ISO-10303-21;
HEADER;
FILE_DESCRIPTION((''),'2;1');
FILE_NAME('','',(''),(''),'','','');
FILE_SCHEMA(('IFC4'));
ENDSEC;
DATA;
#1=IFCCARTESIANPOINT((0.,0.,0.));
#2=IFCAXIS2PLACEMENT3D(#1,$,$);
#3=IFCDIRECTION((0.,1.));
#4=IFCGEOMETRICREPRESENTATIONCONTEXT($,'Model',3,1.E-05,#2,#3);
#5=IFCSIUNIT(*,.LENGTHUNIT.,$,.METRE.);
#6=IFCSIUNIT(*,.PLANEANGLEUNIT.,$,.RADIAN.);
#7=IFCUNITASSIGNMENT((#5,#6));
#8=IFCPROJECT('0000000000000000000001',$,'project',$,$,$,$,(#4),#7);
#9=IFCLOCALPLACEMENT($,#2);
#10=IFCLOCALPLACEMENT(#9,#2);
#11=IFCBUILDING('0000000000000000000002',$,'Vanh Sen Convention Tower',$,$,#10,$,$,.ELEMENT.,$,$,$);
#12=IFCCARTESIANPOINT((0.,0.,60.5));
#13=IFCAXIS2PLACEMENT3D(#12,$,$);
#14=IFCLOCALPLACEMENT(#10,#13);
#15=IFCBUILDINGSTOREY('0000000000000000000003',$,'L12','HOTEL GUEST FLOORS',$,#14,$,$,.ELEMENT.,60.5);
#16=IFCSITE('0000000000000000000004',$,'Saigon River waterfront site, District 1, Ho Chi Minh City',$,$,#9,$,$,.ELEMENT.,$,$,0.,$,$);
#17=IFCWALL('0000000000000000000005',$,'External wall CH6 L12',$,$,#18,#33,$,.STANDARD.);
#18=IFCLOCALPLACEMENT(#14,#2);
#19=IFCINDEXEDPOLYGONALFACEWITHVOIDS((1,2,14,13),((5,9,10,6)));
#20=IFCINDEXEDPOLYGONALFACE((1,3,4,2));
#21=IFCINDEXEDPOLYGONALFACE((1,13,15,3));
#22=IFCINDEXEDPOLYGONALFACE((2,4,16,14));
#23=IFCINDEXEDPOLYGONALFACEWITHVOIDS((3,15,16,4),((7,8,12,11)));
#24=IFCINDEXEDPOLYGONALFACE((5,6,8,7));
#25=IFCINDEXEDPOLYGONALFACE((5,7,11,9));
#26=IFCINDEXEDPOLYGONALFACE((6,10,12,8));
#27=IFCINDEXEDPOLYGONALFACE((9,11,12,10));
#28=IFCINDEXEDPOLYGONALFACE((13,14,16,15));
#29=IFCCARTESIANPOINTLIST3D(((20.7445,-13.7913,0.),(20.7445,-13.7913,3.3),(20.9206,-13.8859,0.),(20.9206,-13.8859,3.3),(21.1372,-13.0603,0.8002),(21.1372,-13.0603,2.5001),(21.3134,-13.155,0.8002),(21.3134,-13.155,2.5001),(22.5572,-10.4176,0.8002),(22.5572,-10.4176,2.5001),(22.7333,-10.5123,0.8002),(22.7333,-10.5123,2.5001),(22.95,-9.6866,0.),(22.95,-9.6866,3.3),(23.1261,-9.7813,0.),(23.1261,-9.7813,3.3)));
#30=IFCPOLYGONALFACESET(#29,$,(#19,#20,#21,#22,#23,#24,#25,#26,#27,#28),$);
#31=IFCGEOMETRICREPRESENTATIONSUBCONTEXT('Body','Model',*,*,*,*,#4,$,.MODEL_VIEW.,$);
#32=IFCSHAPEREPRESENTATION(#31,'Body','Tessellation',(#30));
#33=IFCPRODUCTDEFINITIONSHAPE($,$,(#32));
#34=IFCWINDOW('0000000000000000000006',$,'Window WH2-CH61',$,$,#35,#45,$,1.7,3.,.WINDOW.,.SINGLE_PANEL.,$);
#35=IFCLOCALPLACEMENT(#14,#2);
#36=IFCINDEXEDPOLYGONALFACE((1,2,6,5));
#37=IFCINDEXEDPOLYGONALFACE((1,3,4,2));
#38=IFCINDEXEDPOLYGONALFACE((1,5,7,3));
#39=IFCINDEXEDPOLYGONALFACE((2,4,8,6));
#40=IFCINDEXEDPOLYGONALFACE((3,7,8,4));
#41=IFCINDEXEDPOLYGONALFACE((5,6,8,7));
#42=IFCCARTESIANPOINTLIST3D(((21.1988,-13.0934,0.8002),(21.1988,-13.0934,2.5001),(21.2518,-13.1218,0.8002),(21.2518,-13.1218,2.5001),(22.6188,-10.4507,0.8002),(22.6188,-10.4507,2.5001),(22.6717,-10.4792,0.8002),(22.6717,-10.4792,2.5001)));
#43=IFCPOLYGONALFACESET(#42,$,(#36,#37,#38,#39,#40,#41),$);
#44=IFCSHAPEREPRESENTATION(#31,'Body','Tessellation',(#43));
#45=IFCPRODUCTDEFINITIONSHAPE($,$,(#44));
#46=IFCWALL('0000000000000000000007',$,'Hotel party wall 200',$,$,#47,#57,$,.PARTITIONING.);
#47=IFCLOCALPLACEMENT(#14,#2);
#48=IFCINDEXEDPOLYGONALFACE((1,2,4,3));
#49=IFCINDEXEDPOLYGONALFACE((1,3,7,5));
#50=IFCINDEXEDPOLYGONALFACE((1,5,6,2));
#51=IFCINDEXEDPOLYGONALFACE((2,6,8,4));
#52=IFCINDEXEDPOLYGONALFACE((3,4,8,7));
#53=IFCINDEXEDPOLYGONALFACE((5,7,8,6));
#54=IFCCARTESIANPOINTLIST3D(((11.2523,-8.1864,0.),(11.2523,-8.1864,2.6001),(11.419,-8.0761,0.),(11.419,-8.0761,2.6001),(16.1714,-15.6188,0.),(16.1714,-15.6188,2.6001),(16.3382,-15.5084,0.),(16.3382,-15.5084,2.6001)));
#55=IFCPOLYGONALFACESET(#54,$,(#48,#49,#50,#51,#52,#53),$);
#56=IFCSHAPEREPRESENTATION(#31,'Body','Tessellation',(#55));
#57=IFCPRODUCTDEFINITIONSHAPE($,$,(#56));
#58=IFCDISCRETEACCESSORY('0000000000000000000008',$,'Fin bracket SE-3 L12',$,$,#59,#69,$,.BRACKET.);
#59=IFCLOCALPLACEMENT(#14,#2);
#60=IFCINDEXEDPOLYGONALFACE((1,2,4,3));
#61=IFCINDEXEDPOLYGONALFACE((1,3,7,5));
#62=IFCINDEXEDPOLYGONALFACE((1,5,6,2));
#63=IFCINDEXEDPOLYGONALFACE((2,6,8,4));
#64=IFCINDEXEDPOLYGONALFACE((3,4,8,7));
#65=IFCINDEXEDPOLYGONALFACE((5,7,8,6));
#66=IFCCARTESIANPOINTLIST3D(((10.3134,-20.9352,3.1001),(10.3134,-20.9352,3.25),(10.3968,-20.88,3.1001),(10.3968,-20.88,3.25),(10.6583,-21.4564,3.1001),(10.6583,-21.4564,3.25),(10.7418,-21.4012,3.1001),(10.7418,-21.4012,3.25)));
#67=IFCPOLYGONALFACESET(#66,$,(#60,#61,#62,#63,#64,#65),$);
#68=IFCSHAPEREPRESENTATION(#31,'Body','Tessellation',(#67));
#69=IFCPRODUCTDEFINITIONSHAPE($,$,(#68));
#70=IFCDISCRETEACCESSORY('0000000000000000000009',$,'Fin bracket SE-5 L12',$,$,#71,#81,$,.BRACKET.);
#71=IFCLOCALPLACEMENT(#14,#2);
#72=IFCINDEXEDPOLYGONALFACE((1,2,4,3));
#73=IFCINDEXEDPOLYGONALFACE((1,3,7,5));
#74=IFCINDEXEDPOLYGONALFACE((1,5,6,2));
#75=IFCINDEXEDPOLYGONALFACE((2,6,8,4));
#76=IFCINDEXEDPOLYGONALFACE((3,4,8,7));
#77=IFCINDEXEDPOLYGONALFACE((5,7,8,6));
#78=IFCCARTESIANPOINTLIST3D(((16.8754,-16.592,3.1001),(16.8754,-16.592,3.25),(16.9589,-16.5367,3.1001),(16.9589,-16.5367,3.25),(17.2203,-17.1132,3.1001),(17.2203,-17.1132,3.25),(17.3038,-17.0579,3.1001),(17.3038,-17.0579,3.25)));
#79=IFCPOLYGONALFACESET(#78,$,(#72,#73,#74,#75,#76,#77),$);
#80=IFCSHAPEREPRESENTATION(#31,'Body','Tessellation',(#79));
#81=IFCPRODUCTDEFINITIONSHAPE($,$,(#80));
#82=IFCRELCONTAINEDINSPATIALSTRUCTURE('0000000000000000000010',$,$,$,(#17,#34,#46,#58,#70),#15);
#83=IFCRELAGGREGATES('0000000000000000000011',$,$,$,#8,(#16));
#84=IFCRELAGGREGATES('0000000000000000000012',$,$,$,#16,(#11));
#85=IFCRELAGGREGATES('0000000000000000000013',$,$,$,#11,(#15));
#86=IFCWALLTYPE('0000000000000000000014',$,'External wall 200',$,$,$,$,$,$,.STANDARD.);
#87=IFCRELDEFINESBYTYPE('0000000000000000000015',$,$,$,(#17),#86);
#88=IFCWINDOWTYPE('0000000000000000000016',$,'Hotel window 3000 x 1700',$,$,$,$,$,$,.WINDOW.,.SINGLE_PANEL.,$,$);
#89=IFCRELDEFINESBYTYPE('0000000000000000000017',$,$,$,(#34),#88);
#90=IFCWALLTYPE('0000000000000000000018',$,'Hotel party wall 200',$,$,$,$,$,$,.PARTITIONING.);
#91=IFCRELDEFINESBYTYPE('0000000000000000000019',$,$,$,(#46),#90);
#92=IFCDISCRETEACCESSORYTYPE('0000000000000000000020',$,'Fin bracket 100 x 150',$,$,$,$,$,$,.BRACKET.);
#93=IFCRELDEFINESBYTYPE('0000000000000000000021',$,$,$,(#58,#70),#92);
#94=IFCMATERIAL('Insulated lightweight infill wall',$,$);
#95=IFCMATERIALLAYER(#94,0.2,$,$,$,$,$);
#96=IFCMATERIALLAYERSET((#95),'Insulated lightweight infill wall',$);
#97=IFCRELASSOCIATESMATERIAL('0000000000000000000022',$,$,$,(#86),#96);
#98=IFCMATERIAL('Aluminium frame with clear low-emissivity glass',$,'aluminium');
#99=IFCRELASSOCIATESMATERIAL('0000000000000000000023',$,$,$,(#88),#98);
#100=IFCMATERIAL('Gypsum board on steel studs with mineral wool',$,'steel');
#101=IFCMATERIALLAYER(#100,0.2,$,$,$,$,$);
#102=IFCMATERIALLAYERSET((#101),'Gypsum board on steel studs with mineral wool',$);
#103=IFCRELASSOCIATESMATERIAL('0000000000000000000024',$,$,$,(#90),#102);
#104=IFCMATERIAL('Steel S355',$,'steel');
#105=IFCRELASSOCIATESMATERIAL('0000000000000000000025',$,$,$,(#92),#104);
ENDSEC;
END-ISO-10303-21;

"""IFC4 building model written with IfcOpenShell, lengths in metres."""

from ifc_helpers import new_model, si_unit, direction, frame, frame_2d, origin, origin_2d, place, context, subcontext, project, spatial, rectangle, extrude, material, layer, layer_set, type_object, element, fill, save


model = new_model("IFC4")

# Units and contexts
model_context = context("Model", 3, precision=1e-05, world=origin(), true_north=direction((0.0, 1.0)))
body_context = subcontext(model_context, "Body", "Model", "MODEL_VIEW")
ifc_project = project(units=[si_unit("LENGTHUNIT", "METRE"), si_unit("PLANEANGLEUNIT", "RADIAN")], contexts=[model_context])

# Site, building, storey
site_placement = place(None, origin())
site = spatial("IfcSite", under=ifc_project, at=site_placement, Name="Saigon River waterfront site, District 1, Ho Chi Minh City", CompositionType="ELEMENT", RefElevation=0.0)
building_placement = place(site_placement, origin())
building = spatial("IfcBuilding", under=site, at=building_placement, Name="Vanh Sen Convention Tower", CompositionType="ELEMENT")
storey_placement = place(building_placement, frame((0.0, 0.0, 60.5)))
storey = spatial("IfcBuildingStorey", under=building, at=storey_placement, Name="L12", Description="HOTEL GUEST FLOORS", CompositionType="ELEMENT", Elevation=60.5)

# Shared definitions
ifc_material_1 = material(Name="Insulated lightweight infill wall")
ifc_layer_1 = layer(ifc_material_1, 0.2)
ifc_layer_set_1 = layer_set([ifc_layer_1], Name="Insulated lightweight infill wall")
wall_type_1 = type_object("IfcWallType", Name="External wall 200", PredefinedType="STANDARD", material=ifc_layer_set_1)
ifc_material_2 = material(Name="Aluminium frame with clear low-emissivity glass", Category="aluminium")

# Wall, opening, window
wall_1_placement = place(storey_placement, frame((20.8325, -13.8386, 0.0), z_axis=(0.0, 0.0, 1.0), x_axis=(0.473322, 0.88089, 0.0)))
wall_1 = element("IfcWall", 1, at=wall_1_placement, inside=storey, type_object=wall_type_1, Name="External wall CH6 L12", PredefinedType="STANDARD", context=body_context, shape_type="SweptSolid", body=[
    extrude(rectangle(XDim=4.6597, YDim=0.2, at=frame_2d((2.3298, 0.0))), origin(), (0.0, 0.0, 1.0), 3.3),
])
opening_1_placement = place(wall_1_placement, frame((0.8298, 0.0, 0.8)))
opening_1 = element("IfcOpeningElement", 2, at=opening_1_placement, cuts=wall_1, PredefinedType="OPENING", context=body_context, shape_type="SweptSolid", body=[
    extrude(rectangle(XDim=3.0, YDim=1.7, at=frame_2d((1.5, 0.8501))), frame((0.0, 0.1099, 0.0), z_axis=(0.0, -1.0, 0.0), x_axis=(1.0, 0.0, 0.0)), (0.0, 0.0, 1.0), 0.22),
])
window_type_1 = type_object("IfcWindowType", Name="Hotel window 3000 x 1700", PartitioningType="SINGLE_PANEL", PredefinedType="WINDOW", material=ifc_material_2)
window_1_placement = place(opening_1_placement, origin())
window_1 = element("IfcWindow", 3, at=window_1_placement, inside=storey, type_object=window_type_1, Name="Window WH2-CH61", OverallHeight=1.7, OverallWidth=3.0, PartitioningType="SINGLE_PANEL", PredefinedType="WINDOW", context=body_context, shape_type="SweptSolid", body=[
    extrude(rectangle(XDim=3.0, YDim=1.7, at=frame_2d((1.5, 0.8501))), frame((0.0, 0.03, 0.0), z_axis=(0.0, -1.0, 0.0), x_axis=(1.0, 0.0, 0.0)), (0.0, 0.0, 1.0), 0.0601),
])
fill(opening_1, window_1)

# Wall
ifc_material_3 = material(Name="Gypsum board on steel studs with mineral wool", Category="steel")
ifc_layer_2 = layer(ifc_material_3, 0.2)
ifc_layer_set_2 = layer_set([ifc_layer_2], Name="Gypsum board on steel studs with mineral wool")
wall_type_2 = type_object("IfcWallType", Name="Hotel party wall 200", PredefinedType="PARTITIONING", material=ifc_layer_set_2)
wall_2_placement = place(storey_placement, frame((16.2549, -15.5637, 0.0), z_axis=(0.0, 0.0, 1.0), x_axis=(-0.551922, 0.833896, 0.0)))
element("IfcWall", 4, at=wall_2_placement, inside=storey, type_object=wall_type_2, Name="Hotel party wall 200", PredefinedType="PARTITIONING", context=body_context, shape_type="SweptSolid", body=[
    extrude(rectangle(XDim=8.9128, YDim=0.2, at=frame_2d((4.4565, 0.0))), origin(), (0.0, 0.0, 1.0), 2.6001),
])

# Discrete accessories
ifc_material_4 = material(Name="Steel S355", Category="steel")
discrete_accessory_type = type_object("IfcDiscreteAccessoryType", Name="Fin bracket 100 x 150", PredefinedType="BRACKET", material=ifc_material_4)
for number, where, z_axis, x_axis, name in (
    (5, (10.5276, -21.1682, 3.1001), (0.0, 0.0, 1.0), (0.551937, -0.833886, 0.0), "Fin bracket SE-3 L12"),
    (6, (17.0896, -16.825, 3.1001), (0.0, 0.0, 1.0), (0.551937, -0.833886, 0.0), "Fin bracket SE-5 L12"),
):
    element("IfcDiscreteAccessory", number, at=place(storey_placement, frame(where, z_axis=z_axis, x_axis=x_axis)), inside=storey, type_object=discrete_accessory_type, Name=name, PredefinedType="BRACKET", context=body_context, shape_type="SweptSolid", body=[
        extrude(rectangle(XDim=0.625, YDim=0.1001, at=origin_2d()), origin(), (0.0, 0.0, 1.0), 0.1499),
    ])

save(model, "model.ifc")
